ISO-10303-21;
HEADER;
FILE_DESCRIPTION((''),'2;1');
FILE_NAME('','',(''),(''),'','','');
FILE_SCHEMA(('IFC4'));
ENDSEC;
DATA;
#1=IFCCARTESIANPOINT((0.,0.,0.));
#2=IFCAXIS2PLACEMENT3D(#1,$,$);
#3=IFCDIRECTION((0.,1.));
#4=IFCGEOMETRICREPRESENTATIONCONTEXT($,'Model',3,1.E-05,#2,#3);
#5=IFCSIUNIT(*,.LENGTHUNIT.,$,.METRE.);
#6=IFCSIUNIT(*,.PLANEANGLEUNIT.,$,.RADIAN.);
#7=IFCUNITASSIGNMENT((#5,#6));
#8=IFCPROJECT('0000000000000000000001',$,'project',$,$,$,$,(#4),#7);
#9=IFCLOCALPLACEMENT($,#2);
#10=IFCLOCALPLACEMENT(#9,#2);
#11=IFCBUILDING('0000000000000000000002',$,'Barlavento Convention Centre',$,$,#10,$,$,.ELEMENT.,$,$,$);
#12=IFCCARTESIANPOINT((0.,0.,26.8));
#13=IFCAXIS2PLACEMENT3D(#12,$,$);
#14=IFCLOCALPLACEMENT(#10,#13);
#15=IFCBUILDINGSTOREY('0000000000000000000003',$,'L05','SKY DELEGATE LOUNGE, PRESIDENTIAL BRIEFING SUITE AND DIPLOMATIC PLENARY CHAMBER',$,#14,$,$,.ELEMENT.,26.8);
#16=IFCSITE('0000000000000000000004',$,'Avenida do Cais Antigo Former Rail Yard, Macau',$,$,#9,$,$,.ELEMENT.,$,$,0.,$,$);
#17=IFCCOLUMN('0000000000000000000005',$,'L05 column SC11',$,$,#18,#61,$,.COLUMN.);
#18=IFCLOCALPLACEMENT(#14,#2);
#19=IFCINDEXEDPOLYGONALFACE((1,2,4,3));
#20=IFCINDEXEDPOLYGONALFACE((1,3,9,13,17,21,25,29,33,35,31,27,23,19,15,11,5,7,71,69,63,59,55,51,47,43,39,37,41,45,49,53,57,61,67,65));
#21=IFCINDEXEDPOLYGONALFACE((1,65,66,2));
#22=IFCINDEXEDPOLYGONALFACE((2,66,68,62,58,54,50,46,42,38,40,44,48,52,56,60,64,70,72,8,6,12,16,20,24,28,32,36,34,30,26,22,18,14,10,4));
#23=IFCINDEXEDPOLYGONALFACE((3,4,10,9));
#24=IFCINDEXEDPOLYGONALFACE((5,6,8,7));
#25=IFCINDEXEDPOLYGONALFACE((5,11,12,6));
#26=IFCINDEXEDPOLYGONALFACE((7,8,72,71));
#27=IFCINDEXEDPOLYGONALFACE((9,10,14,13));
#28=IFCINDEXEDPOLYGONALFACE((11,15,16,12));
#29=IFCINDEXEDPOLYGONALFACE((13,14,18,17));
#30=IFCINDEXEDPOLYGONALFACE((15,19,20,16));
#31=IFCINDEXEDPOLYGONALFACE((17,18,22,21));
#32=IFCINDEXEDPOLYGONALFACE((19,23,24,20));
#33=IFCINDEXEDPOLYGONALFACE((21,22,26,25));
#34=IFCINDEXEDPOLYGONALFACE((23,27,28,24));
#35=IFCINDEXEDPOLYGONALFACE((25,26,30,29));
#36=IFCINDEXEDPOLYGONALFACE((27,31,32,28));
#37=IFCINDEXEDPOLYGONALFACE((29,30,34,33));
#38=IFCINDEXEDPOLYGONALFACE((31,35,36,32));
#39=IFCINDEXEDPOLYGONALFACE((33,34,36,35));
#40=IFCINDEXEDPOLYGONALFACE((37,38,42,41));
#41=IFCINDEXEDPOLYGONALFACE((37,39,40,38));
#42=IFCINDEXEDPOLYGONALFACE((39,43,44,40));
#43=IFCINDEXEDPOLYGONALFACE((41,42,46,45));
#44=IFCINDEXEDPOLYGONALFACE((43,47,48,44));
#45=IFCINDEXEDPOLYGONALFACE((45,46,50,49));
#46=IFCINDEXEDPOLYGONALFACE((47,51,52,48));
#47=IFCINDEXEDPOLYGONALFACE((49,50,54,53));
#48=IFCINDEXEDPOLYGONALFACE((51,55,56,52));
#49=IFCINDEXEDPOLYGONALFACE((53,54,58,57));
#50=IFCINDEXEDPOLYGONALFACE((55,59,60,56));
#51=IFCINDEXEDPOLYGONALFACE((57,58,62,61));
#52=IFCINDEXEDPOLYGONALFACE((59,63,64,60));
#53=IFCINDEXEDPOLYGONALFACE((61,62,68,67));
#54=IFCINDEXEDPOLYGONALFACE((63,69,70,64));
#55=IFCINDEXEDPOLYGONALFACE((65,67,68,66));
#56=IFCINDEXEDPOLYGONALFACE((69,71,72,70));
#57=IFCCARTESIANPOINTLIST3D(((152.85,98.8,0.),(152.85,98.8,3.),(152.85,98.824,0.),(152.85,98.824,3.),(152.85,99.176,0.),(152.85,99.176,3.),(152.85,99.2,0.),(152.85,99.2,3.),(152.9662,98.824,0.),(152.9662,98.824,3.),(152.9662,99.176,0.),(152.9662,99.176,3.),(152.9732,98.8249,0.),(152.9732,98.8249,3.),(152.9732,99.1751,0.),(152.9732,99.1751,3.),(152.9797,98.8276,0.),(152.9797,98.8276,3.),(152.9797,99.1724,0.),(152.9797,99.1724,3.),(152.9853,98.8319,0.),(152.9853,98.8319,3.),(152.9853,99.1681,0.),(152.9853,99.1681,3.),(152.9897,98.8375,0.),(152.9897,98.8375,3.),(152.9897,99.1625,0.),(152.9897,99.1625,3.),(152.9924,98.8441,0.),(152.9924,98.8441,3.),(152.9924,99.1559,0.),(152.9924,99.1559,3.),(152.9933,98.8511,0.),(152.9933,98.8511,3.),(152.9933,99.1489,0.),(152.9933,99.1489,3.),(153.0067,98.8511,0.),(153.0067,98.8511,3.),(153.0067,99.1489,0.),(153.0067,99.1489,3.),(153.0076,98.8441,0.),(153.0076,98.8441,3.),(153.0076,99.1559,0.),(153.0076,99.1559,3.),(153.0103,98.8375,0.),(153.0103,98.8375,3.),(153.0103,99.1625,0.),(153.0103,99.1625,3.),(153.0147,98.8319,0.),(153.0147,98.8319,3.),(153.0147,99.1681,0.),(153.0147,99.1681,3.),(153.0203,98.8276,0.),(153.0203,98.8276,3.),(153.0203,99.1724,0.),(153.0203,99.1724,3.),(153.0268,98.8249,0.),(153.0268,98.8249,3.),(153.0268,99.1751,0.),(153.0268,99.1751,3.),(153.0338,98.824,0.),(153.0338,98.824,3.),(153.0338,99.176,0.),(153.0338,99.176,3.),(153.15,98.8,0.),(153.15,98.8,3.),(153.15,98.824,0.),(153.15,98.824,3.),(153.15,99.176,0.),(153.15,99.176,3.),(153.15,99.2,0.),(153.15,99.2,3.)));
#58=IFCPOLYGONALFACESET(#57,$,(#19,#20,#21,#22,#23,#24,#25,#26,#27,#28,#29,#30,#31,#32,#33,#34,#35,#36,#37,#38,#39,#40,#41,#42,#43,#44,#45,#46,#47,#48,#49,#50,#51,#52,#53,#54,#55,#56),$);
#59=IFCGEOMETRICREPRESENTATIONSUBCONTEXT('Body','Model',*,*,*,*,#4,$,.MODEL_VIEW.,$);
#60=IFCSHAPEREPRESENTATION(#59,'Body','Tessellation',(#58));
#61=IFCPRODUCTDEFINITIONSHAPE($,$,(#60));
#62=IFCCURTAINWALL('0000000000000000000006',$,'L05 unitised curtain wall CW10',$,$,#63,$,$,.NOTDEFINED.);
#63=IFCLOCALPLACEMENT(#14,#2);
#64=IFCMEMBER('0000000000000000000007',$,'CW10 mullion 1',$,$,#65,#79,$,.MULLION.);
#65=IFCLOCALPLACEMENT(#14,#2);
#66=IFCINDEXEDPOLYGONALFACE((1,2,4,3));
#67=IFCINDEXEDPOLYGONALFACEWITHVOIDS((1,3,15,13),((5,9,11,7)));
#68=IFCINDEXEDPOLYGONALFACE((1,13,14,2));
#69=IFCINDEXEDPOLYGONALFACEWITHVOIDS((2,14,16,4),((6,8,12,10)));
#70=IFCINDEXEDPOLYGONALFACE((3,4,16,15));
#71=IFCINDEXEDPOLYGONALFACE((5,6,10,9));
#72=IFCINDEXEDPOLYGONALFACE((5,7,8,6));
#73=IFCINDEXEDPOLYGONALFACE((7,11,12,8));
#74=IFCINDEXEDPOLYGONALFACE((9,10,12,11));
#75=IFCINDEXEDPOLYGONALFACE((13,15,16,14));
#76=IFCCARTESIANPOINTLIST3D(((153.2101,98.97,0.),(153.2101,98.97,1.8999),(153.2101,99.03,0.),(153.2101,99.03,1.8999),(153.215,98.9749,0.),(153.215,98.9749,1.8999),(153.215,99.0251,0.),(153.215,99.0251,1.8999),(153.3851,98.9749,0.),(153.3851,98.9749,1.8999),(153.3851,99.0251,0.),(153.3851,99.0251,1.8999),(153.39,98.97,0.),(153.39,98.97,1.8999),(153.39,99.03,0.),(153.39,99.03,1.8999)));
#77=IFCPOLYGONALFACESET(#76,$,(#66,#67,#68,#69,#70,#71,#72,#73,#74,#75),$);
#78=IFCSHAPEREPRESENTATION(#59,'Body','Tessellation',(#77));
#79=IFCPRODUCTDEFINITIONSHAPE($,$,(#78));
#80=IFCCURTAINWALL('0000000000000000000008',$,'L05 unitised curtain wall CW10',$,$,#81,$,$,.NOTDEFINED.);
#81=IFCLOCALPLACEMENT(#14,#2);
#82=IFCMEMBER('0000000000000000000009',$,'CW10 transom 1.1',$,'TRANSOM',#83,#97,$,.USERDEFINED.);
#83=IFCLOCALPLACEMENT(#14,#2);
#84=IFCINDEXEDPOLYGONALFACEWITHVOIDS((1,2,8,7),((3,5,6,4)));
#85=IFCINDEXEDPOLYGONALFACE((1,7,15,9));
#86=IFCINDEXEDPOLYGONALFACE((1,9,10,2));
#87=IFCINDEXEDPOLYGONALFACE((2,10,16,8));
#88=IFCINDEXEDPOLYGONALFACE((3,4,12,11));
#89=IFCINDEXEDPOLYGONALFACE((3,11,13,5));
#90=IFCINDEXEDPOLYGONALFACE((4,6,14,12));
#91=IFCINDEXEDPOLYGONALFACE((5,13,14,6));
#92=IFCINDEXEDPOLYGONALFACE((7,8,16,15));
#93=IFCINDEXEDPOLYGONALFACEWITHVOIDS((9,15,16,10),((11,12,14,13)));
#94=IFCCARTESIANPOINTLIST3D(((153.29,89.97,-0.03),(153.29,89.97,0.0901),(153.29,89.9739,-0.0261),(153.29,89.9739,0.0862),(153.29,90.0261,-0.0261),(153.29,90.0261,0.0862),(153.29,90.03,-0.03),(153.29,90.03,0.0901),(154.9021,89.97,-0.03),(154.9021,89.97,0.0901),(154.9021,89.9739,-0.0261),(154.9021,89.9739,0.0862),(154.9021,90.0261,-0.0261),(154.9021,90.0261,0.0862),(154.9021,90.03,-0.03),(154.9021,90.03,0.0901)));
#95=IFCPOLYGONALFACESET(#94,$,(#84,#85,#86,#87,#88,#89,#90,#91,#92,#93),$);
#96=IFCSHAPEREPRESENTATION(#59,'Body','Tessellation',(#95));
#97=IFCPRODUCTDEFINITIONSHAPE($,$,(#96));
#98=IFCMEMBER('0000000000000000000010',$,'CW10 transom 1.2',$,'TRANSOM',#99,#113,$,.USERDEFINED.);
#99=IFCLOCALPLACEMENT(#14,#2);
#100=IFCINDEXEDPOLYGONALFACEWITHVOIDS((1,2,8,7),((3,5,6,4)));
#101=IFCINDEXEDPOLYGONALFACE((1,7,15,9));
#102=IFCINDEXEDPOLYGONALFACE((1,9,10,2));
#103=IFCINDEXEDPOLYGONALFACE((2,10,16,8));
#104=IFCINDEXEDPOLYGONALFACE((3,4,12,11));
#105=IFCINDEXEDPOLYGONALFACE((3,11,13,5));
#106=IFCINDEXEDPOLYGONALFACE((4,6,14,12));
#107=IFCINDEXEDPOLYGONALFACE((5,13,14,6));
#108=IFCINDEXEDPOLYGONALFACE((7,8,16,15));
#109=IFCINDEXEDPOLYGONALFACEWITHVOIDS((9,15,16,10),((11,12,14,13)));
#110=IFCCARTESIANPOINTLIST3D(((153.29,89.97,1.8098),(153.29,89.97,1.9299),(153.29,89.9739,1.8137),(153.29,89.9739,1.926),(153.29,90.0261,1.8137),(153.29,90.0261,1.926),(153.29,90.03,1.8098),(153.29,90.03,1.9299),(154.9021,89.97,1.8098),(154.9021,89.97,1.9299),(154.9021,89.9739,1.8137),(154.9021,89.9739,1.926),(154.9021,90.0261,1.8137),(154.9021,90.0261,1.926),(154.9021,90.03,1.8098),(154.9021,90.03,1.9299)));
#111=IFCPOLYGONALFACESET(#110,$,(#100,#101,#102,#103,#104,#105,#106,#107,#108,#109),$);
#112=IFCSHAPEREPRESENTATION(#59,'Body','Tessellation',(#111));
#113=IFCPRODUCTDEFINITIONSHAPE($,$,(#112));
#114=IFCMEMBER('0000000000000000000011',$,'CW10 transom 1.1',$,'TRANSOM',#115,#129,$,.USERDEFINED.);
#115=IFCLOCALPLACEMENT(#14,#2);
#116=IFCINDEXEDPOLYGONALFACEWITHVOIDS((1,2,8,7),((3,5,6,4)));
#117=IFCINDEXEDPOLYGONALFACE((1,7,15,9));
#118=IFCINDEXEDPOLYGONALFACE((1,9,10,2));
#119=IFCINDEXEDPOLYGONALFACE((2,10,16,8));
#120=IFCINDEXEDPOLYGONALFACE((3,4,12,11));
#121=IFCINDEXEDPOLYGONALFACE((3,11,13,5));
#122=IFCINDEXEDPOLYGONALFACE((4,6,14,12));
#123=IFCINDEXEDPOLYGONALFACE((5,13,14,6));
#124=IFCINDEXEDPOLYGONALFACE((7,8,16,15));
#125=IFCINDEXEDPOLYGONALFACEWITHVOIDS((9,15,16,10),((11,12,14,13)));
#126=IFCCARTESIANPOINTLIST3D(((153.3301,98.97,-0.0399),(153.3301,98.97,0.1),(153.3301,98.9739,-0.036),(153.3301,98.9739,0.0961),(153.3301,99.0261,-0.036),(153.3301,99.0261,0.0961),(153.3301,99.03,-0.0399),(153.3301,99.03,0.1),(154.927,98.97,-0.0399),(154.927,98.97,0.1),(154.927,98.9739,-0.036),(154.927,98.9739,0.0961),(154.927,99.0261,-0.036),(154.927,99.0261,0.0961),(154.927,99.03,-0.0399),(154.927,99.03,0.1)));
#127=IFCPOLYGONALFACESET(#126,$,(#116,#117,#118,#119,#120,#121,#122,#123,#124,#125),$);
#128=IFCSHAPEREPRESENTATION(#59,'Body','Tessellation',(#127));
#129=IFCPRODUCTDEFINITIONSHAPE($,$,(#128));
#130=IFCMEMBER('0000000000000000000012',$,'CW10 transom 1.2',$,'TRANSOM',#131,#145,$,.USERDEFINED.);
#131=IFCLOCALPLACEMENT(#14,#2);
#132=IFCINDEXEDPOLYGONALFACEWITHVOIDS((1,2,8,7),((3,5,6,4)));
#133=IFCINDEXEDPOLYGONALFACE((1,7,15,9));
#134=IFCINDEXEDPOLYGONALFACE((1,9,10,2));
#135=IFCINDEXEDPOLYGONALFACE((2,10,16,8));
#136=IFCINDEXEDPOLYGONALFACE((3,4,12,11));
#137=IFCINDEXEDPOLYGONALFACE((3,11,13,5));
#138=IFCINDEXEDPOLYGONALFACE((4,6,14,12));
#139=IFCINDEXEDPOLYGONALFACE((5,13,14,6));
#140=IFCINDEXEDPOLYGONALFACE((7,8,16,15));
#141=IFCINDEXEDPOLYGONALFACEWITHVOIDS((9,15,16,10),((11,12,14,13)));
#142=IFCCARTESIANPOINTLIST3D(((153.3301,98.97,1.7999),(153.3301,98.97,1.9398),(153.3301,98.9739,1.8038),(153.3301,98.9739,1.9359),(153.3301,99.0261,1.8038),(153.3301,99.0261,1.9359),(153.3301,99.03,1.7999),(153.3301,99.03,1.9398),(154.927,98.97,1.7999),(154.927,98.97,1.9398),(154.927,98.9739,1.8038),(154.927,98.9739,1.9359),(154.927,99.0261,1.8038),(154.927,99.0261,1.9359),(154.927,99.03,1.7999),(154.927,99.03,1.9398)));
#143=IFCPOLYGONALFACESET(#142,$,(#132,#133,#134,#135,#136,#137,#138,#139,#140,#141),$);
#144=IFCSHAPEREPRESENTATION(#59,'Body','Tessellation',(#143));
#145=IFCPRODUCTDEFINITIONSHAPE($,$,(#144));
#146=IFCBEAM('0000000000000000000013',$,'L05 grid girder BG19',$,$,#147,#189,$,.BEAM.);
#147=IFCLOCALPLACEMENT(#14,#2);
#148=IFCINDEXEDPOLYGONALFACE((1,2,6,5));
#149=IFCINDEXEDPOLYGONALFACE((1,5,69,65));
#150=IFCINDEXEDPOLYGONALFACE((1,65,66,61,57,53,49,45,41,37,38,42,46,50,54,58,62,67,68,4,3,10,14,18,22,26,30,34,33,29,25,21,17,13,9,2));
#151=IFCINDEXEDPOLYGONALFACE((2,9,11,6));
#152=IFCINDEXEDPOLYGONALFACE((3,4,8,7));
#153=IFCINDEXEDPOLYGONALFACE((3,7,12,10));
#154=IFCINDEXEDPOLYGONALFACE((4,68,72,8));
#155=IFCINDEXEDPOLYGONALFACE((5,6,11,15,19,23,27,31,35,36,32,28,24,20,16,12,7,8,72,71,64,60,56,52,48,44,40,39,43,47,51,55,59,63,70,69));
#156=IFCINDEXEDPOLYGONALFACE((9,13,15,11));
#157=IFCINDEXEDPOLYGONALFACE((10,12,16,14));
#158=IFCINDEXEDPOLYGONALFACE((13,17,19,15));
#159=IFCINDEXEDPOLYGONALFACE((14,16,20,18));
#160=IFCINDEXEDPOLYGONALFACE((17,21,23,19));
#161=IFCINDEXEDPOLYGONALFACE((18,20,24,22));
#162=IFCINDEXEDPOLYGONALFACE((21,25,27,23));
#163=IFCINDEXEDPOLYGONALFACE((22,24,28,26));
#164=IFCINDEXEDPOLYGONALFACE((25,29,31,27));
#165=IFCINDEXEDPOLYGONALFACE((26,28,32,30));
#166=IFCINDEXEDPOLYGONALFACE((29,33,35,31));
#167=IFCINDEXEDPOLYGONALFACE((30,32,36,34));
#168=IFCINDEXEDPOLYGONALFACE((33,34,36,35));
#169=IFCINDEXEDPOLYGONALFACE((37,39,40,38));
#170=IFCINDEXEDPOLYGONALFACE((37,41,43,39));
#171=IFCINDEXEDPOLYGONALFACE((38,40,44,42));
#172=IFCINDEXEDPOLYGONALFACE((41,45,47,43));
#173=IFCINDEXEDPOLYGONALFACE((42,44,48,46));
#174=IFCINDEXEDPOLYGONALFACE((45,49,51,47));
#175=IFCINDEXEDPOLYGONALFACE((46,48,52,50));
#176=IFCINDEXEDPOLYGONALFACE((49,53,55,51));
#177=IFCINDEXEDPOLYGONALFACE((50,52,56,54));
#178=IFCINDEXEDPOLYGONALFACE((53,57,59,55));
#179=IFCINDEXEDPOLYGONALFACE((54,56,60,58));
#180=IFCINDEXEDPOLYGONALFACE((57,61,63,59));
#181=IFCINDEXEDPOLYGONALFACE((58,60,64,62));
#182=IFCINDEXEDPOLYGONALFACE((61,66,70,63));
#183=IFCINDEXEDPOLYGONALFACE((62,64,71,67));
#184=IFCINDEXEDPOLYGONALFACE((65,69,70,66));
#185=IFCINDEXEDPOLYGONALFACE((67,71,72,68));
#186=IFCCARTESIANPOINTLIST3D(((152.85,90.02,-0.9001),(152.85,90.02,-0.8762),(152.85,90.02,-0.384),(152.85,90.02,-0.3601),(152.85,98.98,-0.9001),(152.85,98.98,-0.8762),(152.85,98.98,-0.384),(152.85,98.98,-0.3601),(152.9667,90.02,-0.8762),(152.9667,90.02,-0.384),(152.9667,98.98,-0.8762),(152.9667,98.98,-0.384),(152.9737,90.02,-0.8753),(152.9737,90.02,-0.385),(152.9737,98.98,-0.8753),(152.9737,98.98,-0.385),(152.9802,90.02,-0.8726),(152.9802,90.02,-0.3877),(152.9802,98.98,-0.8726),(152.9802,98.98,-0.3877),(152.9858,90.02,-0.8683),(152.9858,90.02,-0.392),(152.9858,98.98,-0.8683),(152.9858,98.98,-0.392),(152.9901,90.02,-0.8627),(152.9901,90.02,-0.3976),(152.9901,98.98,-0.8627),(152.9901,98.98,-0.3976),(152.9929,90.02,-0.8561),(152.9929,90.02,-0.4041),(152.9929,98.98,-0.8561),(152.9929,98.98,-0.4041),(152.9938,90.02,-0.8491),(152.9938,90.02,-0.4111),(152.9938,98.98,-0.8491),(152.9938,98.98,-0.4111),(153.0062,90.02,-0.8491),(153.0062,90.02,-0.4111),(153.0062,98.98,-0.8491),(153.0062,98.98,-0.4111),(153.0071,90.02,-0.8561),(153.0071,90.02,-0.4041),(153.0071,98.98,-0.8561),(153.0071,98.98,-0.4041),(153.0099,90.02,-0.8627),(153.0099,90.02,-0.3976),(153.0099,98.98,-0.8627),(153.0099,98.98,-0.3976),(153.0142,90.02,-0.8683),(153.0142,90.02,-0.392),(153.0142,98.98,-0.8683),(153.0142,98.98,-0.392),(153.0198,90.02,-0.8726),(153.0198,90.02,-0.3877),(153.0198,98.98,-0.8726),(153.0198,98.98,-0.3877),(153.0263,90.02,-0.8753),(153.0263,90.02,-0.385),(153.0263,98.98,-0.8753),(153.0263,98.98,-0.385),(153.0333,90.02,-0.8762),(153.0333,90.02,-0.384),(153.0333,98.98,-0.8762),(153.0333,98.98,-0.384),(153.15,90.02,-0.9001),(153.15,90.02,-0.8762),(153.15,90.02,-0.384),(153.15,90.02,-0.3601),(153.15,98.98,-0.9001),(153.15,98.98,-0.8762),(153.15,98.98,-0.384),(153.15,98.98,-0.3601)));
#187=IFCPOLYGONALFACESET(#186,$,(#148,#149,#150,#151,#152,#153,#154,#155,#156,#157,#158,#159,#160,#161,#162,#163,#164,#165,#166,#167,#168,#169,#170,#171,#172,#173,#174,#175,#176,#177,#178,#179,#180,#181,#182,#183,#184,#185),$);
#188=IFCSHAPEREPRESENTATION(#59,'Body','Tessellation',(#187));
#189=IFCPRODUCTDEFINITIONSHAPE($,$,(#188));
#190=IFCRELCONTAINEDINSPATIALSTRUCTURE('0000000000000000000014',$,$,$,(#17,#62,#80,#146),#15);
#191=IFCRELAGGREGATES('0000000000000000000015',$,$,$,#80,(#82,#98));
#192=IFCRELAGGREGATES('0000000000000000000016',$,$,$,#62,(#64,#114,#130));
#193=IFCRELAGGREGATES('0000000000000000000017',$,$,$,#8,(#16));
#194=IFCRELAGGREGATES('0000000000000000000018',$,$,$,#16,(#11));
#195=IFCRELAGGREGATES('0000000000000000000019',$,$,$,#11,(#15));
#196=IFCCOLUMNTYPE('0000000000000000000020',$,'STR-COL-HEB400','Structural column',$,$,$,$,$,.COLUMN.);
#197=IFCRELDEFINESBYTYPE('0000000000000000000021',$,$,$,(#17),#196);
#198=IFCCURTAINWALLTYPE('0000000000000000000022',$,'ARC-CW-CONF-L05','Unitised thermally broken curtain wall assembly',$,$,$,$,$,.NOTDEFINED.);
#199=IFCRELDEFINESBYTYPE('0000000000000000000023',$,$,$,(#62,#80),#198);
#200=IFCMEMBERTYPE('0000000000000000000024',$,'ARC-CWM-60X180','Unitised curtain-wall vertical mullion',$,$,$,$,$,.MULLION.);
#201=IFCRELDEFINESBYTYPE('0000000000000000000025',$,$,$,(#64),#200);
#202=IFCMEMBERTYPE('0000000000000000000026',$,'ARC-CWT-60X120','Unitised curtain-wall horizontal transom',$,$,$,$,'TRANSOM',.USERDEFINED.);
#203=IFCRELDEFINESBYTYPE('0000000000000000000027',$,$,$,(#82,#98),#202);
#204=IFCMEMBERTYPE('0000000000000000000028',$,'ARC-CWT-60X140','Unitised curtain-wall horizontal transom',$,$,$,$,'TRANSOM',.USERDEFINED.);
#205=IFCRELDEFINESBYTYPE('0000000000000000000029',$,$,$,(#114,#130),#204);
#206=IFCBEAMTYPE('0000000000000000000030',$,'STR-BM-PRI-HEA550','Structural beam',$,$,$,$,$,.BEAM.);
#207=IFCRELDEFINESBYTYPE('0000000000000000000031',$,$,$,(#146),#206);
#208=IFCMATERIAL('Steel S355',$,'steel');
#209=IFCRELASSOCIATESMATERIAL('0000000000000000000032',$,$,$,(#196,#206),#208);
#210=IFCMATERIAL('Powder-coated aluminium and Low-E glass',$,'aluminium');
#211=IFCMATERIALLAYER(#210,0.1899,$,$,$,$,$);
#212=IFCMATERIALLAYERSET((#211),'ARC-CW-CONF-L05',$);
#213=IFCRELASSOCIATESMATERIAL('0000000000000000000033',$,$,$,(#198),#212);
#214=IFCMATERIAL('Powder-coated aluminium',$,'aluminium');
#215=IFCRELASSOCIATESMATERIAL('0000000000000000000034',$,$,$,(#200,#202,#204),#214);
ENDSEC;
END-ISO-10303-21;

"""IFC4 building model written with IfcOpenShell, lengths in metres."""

from ifc_helpers import new_model, si_unit, direction, frame, origin, origin_2d, place, context, subcontext, project, spatial, hollow_rectangle, i_section, extrude, material, layer, layer_set, material_profile, profile_set, type_object, element, aggregate, save


model = new_model("IFC4")

# Units and contexts
model_context = context("Model", 3, precision=1e-05, world=origin(), true_north=direction((0.0, 1.0)))
body_context = subcontext(model_context, "Body", "Model", "MODEL_VIEW")
ifc_project = project(units=[si_unit("LENGTHUNIT", "METRE"), si_unit("PLANEANGLEUNIT", "RADIAN")], contexts=[model_context])

# Site, building, storey
site_placement = place(None, origin())
site = spatial("IfcSite", under=ifc_project, at=site_placement, Name="Avenida do Cais Antigo Former Rail Yard, Macau", CompositionType="ELEMENT", RefElevation=0.0)
building_placement = place(site_placement, origin())
building = spatial("IfcBuilding", under=site, at=building_placement, Name="Barlavento Convention Centre", CompositionType="ELEMENT")
storey_placement = place(building_placement, frame((0.0, 0.0, 26.8)))
storey = spatial("IfcBuildingStorey", under=building, at=storey_placement, Name="L05", Description="SKY DELEGATE LOUNGE, PRESIDENTIAL BRIEFING SUITE AND DIPLOMATIC PLENARY CHAMBER", CompositionType="ELEMENT", Elevation=26.8)

# Column
ifc_material_1 = material(Name="Steel S355", Category="steel")
ifc_material_profile_1 = material_profile(ifc_material_1, i_section(OverallWidth=0.3, OverallDepth=0.3999, WebThickness=0.0134, FlangeThickness=0.0239, FilletRadius=0.0271, at=origin_2d()), Name="HEB 400")
ifc_profile_set_1 = profile_set([ifc_material_profile_1], Name="Steel S355")
column_type = type_object("IfcColumnType", Name="STR-COL-HEB400", Description="Structural column", PredefinedType="COLUMN", material=ifc_profile_set_1)
column_placement = place(storey_placement, frame((153.0, 99.0, 0.0), z_axis=(0.0, 0.0, 1.0), x_axis=(1.0, 0.0, 0.0)))
element("IfcColumn", 1, at=column_placement, inside=storey, type_object=column_type, Name="L05 column SC11", PredefinedType="COLUMN", context=body_context, shape_type="SweptSolid", body=[
    extrude(i_section(OverallWidth=0.3, OverallDepth=0.3999, WebThickness=0.0134, FlangeThickness=0.0239, FilletRadius=0.0271, at=origin_2d()), origin(), (0.0, 0.0, 1.0), 3.0),
])

# Curtain wall, member
ifc_material_2 = material(Name="Powder-coated aluminium and Low-E glass", Category="aluminium")
ifc_layer_1 = layer(ifc_material_2, 0.1899)
ifc_layer_set_1 = layer_set([ifc_layer_1], Name="ARC-CW-CONF-L05")
curtain_wall_type = type_object("IfcCurtainWallType", Name="ARC-CW-CONF-L05", Description="Unitised thermally broken curtain wall assembly", PredefinedType="NOTDEFINED", material=ifc_layer_set_1)
curtain_wall_1_placement = place(storey_placement, origin())
curtain_wall_1 = element("IfcCurtainWall", 2, at=curtain_wall_1_placement, inside=storey, type_object=curtain_wall_type, Name="L05 unitised curtain wall CW10", PredefinedType="NOTDEFINED")
ifc_material_3 = material(Name="Powder-coated aluminium", Category="aluminium")
ifc_material_profile_2 = material_profile(ifc_material_3, hollow_rectangle(XDim=0.0601, YDim=0.1799, WallThickness=0.0049, at=origin_2d()), Name="AL-MULL 60x180x5")
ifc_profile_set_2 = profile_set([ifc_material_profile_2], Name="Powder-coated aluminium")
member_type_1 = type_object("IfcMemberType", Name="ARC-CWM-60X180", Description="Unitised curtain-wall vertical mullion", PredefinedType="MULLION", material=ifc_profile_set_2)
member_1_placement = place(storey_placement, frame((153.3, 99.0, 0.0), z_axis=(0.0, 0.0, 1.0), x_axis=(0.0, 1.0, 0.0)))
member_1 = element("IfcMember", 3, at=member_1_placement, type_object=member_type_1, Name="CW10 mullion 1", PredefinedType="MULLION", context=body_context, shape_type="SweptSolid", body=[
    extrude(hollow_rectangle(XDim=0.0601, YDim=0.1799, WallThickness=0.0049, at=origin_2d()), origin(), (0.0, 0.0, 1.0), 1.8999),
])

# Curtain wall, members
curtain_wall_2_placement = place(storey_placement, origin())
curtain_wall_2 = element("IfcCurtainWall", 4, at=curtain_wall_2_placement, inside=storey, type_object=curtain_wall_type, Name="L05 unitised curtain wall CW10", PredefinedType="NOTDEFINED")
ifc_material_profile_3 = material_profile(ifc_material_3, hollow_rectangle(XDim=0.0601, YDim=0.1201, WallThickness=0.0039, at=origin_2d()), Name="AL-TRAN 60x120x4")
ifc_profile_set_3 = profile_set([ifc_material_profile_3], Name="Powder-coated aluminium")
member_type_2 = type_object("IfcMemberType", Name="ARC-CWT-60X120", Description="Unitised curtain-wall horizontal transom", ElementType="TRANSOM", PredefinedType="USERDEFINED", material=ifc_profile_set_3)
member_2_placement = place(storey_placement, frame((153.29, 90.0, 0.03), z_axis=(1.0, 0.0, 0.0), x_axis=(0.0, 1.0, 0.0)))
member_2 = element("IfcMember", 5, at=member_2_placement, type_object=member_type_2, Name="CW10 transom 1.1", ObjectType="TRANSOM", PredefinedType="USERDEFINED", context=body_context, shape_type="SweptSolid", body=[
    extrude(hollow_rectangle(XDim=0.0601, YDim=0.1201, WallThickness=0.0039, at=origin_2d()), origin(), (0.0, 0.0, 1.0), 1.6121),
])
member_3_placement = place(storey_placement, frame((153.29, 90.0, 1.8699), z_axis=(1.0, 0.0, 0.0), x_axis=(0.0, 1.0, 0.0)))
member_3 = element("IfcMember", 6, at=member_3_placement, type_object=member_type_2, Name="CW10 transom 1.2", ObjectType="TRANSOM", PredefinedType="USERDEFINED", context=body_context, shape_type="SweptSolid", body=[
    extrude(hollow_rectangle(XDim=0.0601, YDim=0.1201, WallThickness=0.0039, at=origin_2d()), origin(), (0.0, 0.0, 1.0), 1.6121),
])

# Members
ifc_material_profile_4 = material_profile(ifc_material_3, hollow_rectangle(XDim=0.0601, YDim=0.1399, WallThickness=0.0039, at=origin_2d()), Name="AL-TRAN 60x140x4")
ifc_profile_set_4 = profile_set([ifc_material_profile_4], Name="Powder-coated aluminium")
member_type_3 = type_object("IfcMemberType", Name="ARC-CWT-60X140", Description="Unitised curtain-wall horizontal transom", ElementType="TRANSOM", PredefinedType="USERDEFINED", material=ifc_profile_set_4)
member_4_placement = place(storey_placement, frame((153.3301, 99.0, 0.03), z_axis=(1.0, 0.0, 0.0), x_axis=(0.0, 1.0, 0.0)))
member_4 = element("IfcMember", 7, at=member_4_placement, type_object=member_type_3, Name="CW10 transom 1.1", ObjectType="TRANSOM", PredefinedType="USERDEFINED", context=body_context, shape_type="SweptSolid", body=[
    extrude(hollow_rectangle(XDim=0.0601, YDim=0.1399, WallThickness=0.0039, at=origin_2d()), origin(), (0.0, 0.0, 1.0), 1.5969),
])
member_5_placement = place(storey_placement, frame((153.3301, 99.0, 1.8699), z_axis=(1.0, 0.0, 0.0), x_axis=(0.0, 1.0, 0.0)))
member_5 = element("IfcMember", 8, at=member_5_placement, type_object=member_type_3, Name="CW10 transom 1.2", ObjectType="TRANSOM", PredefinedType="USERDEFINED", context=body_context, shape_type="SweptSolid", body=[
    extrude(hollow_rectangle(XDim=0.0601, YDim=0.1399, WallThickness=0.0039, at=origin_2d()), origin(), (0.0, 0.0, 1.0), 1.5969),
])

# Beam
ifc_material_profile_5 = material_profile(ifc_material_1, i_section(OverallWidth=0.3, OverallDepth=0.54, WebThickness=0.0125, FlangeThickness=0.0239, FilletRadius=0.0271, at=origin_2d()), Name="HEA 550")
ifc_profile_set_5 = profile_set([ifc_material_profile_5], Name="Steel S355")
beam_type_1 = type_object("IfcBeamType", Name="STR-BM-PRI-HEA550", Description="Structural beam", PredefinedType="BEAM", material=ifc_profile_set_5)
beam_1_placement = place(storey_placement, frame((153.0, 90.02, -0.6301), z_axis=(0.0, 1.0, 0.0), x_axis=(-1.0, 0.0, 0.0)))
element("IfcBeam", 9, at=beam_1_placement, inside=storey, type_object=beam_type_1, Name="L05 grid girder BG19", PredefinedType="BEAM", context=body_context, shape_type="SweptSolid", body=[
    extrude(i_section(OverallWidth=0.3, OverallDepth=0.54, WebThickness=0.0125, FlangeThickness=0.0239, FilletRadius=0.0271, at=origin_2d()), origin(), (0.0, 0.0, 1.0), 8.96),
])

aggregate(curtain_wall_2, [member_2, member_3])
aggregate(curtain_wall_1, [member_1, member_4, member_5])

save(model, "model.ifc")
